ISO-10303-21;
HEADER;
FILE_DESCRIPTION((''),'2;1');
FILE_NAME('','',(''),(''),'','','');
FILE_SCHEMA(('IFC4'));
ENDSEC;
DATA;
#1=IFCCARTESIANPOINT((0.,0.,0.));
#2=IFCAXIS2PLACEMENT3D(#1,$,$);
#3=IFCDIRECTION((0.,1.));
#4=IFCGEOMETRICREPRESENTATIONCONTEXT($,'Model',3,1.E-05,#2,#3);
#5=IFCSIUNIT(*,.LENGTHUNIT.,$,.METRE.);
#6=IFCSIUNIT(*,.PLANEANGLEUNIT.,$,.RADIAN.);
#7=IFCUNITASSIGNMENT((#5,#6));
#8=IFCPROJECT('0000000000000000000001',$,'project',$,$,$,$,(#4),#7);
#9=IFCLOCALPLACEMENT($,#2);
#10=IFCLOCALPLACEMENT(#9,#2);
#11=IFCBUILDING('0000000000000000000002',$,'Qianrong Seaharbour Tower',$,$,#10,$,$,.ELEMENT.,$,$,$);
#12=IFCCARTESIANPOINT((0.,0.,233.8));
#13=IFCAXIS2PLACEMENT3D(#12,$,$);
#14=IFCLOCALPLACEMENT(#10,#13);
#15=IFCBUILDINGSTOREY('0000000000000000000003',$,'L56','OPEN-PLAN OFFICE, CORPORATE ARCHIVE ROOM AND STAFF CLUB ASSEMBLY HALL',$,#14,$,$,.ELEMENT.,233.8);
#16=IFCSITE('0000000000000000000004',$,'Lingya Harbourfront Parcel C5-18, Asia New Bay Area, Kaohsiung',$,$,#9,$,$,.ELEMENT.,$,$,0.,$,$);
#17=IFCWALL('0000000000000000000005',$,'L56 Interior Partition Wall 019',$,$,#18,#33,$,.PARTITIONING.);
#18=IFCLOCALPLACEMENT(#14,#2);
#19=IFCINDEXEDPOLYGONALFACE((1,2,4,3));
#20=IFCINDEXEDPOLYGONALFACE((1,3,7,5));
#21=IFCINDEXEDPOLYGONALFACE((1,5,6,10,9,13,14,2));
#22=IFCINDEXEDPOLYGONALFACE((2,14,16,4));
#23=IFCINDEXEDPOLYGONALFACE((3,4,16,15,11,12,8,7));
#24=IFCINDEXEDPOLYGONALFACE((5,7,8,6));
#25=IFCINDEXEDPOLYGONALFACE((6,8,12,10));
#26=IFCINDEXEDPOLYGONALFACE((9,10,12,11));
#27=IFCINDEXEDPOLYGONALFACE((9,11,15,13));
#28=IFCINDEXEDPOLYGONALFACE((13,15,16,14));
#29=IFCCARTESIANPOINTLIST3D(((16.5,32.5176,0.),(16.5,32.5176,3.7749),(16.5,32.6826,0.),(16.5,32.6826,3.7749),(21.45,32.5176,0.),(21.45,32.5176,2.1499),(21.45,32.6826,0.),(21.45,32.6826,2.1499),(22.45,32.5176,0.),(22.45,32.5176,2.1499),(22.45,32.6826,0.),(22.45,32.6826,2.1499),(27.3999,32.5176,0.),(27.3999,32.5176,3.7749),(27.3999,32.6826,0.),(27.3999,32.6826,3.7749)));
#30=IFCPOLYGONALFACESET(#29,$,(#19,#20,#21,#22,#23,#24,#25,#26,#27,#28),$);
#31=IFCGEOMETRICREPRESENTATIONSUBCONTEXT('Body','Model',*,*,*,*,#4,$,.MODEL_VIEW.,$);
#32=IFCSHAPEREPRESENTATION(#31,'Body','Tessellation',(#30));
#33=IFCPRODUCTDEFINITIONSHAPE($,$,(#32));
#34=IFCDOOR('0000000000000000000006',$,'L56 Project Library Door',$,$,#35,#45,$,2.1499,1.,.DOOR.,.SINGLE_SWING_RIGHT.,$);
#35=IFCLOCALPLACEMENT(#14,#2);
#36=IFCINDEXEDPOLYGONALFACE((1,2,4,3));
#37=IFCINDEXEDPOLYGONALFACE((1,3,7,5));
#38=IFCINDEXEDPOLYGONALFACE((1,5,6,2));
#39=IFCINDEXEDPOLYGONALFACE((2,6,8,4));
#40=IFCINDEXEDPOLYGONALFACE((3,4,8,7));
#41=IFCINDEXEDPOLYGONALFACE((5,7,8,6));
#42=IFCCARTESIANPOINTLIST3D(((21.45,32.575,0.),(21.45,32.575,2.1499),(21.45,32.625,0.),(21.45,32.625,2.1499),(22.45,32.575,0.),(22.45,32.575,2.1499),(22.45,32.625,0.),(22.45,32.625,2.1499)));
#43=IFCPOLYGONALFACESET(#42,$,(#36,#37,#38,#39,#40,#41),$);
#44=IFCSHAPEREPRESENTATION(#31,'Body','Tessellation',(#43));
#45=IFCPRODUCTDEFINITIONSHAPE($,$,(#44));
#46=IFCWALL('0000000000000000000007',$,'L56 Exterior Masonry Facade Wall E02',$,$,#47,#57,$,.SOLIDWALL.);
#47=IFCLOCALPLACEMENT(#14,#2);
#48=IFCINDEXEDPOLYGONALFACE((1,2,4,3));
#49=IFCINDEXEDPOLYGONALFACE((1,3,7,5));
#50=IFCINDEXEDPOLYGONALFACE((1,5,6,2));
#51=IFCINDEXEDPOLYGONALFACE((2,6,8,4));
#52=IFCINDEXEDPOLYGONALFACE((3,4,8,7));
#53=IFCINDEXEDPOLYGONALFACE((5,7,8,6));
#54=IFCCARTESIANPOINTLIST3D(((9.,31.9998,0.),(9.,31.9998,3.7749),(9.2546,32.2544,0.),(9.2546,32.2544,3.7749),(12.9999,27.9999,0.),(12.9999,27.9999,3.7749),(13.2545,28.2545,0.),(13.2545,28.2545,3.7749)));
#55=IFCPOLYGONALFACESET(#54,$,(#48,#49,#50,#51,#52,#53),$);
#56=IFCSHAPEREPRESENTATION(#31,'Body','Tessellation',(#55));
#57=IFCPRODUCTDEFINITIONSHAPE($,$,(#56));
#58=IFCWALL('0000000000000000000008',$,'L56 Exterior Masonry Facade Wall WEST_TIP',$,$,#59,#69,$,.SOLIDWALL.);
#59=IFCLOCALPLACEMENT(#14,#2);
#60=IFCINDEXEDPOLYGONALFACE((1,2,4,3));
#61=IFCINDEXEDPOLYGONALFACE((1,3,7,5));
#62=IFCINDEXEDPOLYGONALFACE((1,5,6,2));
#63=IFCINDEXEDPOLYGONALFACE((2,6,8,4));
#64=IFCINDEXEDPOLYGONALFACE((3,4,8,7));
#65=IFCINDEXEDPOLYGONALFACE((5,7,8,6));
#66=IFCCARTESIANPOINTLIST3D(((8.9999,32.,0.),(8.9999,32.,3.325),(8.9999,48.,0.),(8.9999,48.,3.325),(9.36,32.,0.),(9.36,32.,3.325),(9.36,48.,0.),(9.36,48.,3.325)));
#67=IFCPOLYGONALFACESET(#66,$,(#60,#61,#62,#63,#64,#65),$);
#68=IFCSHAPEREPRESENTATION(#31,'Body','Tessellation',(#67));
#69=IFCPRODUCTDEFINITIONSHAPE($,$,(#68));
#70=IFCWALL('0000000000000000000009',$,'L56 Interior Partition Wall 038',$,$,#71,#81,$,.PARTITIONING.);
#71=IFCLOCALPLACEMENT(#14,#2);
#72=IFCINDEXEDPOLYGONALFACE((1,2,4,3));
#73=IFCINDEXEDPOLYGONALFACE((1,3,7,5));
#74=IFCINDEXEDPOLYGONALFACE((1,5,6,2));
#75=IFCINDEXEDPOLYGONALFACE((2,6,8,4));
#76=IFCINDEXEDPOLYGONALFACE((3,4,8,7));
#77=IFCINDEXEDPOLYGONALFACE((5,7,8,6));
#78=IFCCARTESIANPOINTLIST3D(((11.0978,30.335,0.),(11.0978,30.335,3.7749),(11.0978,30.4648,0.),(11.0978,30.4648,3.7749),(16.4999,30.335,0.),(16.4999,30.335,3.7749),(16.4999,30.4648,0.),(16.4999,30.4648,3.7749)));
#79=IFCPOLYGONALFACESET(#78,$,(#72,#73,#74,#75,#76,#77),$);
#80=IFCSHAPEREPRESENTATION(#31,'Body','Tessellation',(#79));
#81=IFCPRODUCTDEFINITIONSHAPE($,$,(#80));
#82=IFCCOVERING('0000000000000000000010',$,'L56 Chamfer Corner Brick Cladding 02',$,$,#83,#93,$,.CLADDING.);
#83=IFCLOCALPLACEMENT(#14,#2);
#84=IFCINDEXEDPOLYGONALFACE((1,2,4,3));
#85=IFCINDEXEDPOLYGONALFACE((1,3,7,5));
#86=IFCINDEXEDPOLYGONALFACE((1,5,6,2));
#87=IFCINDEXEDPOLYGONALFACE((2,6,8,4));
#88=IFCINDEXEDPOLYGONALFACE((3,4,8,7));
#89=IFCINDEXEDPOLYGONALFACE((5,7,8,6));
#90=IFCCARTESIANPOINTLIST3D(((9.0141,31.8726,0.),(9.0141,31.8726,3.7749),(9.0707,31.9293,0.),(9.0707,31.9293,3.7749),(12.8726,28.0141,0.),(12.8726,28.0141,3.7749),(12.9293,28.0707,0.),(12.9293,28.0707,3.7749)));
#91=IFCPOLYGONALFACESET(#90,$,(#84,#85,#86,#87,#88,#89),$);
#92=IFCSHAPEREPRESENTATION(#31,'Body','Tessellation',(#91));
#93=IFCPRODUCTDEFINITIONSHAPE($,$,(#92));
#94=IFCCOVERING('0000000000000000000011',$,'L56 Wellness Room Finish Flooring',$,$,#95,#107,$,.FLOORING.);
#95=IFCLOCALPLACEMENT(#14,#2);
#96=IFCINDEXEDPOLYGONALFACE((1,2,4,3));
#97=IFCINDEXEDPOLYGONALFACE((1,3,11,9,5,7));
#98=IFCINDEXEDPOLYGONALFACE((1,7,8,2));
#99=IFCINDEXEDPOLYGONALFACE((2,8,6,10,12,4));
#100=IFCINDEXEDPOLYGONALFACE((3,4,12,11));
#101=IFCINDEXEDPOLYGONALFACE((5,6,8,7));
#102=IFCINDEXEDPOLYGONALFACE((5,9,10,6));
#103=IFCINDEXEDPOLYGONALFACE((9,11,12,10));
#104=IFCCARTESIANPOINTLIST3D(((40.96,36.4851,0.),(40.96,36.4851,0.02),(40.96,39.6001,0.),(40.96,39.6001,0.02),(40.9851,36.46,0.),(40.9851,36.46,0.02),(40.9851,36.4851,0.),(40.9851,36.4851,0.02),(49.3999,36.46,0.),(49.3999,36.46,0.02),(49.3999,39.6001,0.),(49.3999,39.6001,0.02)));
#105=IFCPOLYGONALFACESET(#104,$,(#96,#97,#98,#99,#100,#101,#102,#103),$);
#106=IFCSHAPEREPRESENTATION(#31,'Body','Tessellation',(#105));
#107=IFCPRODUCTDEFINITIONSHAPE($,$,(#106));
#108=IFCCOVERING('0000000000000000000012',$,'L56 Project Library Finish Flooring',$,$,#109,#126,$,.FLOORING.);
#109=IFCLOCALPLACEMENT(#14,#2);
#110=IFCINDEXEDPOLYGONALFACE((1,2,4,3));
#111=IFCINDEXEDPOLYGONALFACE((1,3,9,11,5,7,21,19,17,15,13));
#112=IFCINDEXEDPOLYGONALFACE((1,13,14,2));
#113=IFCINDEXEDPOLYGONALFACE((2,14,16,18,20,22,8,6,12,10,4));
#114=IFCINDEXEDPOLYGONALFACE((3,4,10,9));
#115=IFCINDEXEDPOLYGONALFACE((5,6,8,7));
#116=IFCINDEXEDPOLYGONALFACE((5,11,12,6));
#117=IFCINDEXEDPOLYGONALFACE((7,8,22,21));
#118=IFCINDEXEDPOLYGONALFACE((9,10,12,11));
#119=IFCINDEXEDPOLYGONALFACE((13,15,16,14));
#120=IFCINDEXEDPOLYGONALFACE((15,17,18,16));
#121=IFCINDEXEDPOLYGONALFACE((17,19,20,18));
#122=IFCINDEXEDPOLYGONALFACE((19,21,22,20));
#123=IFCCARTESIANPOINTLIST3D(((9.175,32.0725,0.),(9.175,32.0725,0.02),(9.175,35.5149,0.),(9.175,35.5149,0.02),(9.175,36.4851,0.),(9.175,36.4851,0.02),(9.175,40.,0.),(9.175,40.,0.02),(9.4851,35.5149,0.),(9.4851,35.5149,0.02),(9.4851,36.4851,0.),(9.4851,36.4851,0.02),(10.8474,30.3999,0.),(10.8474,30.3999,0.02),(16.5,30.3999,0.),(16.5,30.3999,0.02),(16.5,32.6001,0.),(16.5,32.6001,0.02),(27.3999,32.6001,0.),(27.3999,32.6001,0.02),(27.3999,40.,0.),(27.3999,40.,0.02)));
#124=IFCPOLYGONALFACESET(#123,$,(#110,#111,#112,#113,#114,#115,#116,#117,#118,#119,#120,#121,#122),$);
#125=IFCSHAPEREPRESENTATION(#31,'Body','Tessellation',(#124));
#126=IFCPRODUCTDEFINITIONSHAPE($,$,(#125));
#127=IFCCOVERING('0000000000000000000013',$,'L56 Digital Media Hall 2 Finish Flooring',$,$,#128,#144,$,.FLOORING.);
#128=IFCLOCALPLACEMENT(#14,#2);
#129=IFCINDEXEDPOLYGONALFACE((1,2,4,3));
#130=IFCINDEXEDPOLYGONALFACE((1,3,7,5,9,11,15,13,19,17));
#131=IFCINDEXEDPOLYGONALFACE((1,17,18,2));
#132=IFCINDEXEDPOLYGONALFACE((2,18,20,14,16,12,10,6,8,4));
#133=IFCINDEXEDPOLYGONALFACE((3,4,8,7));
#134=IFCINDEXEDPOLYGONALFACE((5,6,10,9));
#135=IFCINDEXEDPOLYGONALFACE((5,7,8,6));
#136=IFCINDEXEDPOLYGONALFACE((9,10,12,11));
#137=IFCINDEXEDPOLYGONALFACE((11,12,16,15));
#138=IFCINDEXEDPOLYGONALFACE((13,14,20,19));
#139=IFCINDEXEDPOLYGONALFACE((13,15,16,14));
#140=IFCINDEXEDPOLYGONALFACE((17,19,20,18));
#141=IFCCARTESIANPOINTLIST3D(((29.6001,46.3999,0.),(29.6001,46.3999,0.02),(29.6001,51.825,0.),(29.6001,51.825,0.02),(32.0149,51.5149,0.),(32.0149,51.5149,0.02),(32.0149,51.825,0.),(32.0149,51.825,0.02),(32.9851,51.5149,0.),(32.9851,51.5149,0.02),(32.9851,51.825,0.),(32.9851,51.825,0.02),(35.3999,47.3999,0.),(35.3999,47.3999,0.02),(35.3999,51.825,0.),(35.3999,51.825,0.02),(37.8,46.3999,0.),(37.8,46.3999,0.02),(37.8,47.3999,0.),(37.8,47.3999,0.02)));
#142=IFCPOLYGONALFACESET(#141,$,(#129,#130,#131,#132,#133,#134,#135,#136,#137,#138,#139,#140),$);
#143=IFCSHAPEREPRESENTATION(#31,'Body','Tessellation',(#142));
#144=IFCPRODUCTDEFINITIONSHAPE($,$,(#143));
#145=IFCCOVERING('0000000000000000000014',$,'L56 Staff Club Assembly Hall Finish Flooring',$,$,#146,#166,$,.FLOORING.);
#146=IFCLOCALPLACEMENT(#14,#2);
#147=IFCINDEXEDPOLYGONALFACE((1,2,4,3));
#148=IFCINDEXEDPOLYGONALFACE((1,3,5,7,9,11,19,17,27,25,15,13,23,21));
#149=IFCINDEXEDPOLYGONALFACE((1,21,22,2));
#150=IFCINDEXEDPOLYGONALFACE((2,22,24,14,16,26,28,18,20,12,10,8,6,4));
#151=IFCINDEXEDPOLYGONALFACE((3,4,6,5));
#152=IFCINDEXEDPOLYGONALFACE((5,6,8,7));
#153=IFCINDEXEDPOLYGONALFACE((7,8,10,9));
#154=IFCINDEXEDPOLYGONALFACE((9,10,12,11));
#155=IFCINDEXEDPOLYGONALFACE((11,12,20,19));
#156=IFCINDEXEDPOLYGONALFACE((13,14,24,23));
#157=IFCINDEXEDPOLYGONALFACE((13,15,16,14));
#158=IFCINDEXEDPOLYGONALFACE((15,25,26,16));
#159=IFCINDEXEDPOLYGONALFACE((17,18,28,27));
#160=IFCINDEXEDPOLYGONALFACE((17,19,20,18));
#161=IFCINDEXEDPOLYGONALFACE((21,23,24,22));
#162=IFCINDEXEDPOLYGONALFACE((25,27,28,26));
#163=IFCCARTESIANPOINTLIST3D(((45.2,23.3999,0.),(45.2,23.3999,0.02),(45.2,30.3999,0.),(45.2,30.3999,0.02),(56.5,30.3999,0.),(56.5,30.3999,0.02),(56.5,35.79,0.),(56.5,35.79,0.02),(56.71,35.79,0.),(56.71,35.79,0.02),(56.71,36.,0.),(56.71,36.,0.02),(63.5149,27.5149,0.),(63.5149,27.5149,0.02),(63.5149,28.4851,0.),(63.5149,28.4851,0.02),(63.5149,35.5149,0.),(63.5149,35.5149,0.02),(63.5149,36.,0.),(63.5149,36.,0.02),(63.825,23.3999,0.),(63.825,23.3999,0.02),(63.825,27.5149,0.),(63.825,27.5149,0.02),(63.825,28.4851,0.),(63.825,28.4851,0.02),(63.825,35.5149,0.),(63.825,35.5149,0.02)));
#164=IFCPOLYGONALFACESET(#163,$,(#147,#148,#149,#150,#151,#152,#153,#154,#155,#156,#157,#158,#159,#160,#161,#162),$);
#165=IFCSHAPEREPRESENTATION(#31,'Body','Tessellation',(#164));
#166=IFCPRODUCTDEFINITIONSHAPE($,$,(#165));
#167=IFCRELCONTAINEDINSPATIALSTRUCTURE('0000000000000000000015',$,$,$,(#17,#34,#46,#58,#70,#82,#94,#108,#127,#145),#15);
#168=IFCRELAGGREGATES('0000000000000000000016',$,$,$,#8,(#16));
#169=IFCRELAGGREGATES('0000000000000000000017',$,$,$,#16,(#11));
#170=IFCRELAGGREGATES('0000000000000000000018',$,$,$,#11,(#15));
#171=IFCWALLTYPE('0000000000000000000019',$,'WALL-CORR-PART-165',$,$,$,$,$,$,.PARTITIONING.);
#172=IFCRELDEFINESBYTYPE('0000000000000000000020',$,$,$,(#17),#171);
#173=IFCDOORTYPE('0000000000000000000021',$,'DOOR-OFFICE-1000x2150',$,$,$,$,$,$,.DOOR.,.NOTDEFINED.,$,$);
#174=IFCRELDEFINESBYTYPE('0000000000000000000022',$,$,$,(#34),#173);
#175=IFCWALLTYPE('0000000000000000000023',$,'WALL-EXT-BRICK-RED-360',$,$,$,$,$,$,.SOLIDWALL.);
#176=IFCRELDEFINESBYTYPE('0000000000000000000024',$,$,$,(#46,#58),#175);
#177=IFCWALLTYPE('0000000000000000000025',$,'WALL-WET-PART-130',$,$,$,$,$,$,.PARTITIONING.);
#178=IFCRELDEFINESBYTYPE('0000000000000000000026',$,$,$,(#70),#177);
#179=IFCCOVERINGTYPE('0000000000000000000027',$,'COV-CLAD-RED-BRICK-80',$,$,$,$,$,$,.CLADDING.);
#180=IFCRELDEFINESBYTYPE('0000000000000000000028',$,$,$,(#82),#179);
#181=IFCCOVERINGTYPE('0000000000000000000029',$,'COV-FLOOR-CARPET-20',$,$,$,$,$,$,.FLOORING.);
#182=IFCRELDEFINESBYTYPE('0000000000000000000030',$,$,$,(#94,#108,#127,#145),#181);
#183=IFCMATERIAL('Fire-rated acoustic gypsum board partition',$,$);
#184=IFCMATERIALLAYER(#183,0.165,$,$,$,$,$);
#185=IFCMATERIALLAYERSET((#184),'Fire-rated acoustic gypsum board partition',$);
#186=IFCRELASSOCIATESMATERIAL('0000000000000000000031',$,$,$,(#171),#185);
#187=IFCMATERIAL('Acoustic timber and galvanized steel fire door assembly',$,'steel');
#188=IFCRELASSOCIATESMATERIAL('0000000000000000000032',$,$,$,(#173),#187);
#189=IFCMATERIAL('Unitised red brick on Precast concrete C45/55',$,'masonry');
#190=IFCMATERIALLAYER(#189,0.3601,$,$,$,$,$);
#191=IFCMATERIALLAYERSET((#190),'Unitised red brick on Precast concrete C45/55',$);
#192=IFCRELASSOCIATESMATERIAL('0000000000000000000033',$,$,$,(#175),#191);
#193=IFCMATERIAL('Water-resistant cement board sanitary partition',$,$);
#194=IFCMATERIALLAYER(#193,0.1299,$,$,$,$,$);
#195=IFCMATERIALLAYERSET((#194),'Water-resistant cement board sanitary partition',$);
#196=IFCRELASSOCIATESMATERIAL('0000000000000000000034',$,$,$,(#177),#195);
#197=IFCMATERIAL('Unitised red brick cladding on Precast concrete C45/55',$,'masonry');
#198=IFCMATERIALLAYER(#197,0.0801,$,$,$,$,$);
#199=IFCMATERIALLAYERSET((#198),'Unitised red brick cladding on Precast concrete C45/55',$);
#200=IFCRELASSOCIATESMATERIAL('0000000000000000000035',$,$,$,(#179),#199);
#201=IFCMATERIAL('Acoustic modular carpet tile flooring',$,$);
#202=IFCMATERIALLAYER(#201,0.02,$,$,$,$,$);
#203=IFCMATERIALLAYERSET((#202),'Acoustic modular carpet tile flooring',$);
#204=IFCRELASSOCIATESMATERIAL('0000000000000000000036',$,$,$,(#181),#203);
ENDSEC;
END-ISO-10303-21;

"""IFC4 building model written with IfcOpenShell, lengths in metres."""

from ifc_helpers import new_model, si_unit, direction, frame, frame_2d, origin, origin_2d, place, context, subcontext, project, spatial, polyline, rectangle, outline, extrude, material, layer, layer_set, type_object, element, fill, save


model = new_model("IFC4")

# Units and contexts
model_context = context("Model", 3, precision=1e-05, world=origin(), true_north=direction((0.0, 1.0)))
body_context = subcontext(model_context, "Body", "Model", "MODEL_VIEW")
ifc_project = project(units=[si_unit("LENGTHUNIT", "METRE"), si_unit("PLANEANGLEUNIT", "RADIAN")], contexts=[model_context])

# Site, building, storey
site_placement = place(None, origin())
site = spatial("IfcSite", under=ifc_project, at=site_placement, Name="Lingya Harbourfront Parcel C5-18, Asia New Bay Area, Kaohsiung", CompositionType="ELEMENT", RefElevation=0.0)
building_placement = place(site_placement, origin())
building = spatial("IfcBuilding", under=site, at=building_placement, Name="Qianrong Seaharbour Tower", CompositionType="ELEMENT")
storey_placement = place(building_placement, frame((0.0, 0.0, 233.8)))
storey = spatial("IfcBuildingStorey", under=building, at=storey_placement, Name="L56", Description="OPEN-PLAN OFFICE, CORPORATE ARCHIVE ROOM AND STAFF CLUB ASSEMBLY HALL", CompositionType="ELEMENT", Elevation=233.8)

# Shared definitions
ifc_material_1 = material(Name="Fire-rated acoustic gypsum board partition")
ifc_layer_1 = layer(ifc_material_1, 0.165)
ifc_layer_set_1 = layer_set([ifc_layer_1], Name="Fire-rated acoustic gypsum board partition")
wall_type_1 = type_object("IfcWallType", Name="WALL-CORR-PART-165", PredefinedType="PARTITIONING", material=ifc_layer_set_1)

# Wall, opening, door
wall_1_placement = place(storey_placement, frame((16.5, 32.6001, 0.0), z_axis=(0.0, 0.0, 1.0), x_axis=(1.0, 0.0, 0.0)))
wall_1 = element("IfcWall", 1, at=wall_1_placement, inside=storey, type_object=wall_type_1, Name="L56 Interior Partition Wall 019", PredefinedType="PARTITIONING", context=body_context, shape_type="SweptSolid", body=[
    extrude(rectangle(XDim=10.8999, YDim=0.165, at=frame_2d((5.45, 0.0))), origin(), (0.0, 0.0, 1.0), 3.7749),
])
opening_placement = place(wall_1_placement, frame((4.95, 0.0, 0.0)))
opening = element("IfcOpeningElement", 2, at=opening_placement, cuts=wall_1, PredefinedType="OPENING", context=body_context, shape_type="SweptSolid", body=[
    extrude(rectangle(XDim=1.0, YDim=2.1499, at=frame_2d((0.5, 1.075))), frame((0.0, 0.0925, 0.0), z_axis=(0.0, -1.0, 0.0), x_axis=(1.0, 0.0, 0.0)), (0.0, 0.0, 1.0), 0.1851),
])
ifc_material_2 = material(Name="Acoustic timber and galvanized steel fire door assembly", Category="steel")
door_type = type_object("IfcDoorType", Name="DOOR-OFFICE-1000x2150", OperationType="NOTDEFINED", PredefinedType="DOOR", material=ifc_material_2)
door_placement = place(opening_placement, origin())
door = element("IfcDoor", 3, at=door_placement, inside=storey, type_object=door_type, Name="L56 Project Library Door", OperationType="SINGLE_SWING_RIGHT", OverallHeight=2.1499, OverallWidth=1.0, PredefinedType="DOOR", context=body_context, shape_type="SweptSolid", body=[
    extrude(rectangle(XDim=1.0, YDim=2.1499, at=frame_2d((0.5, 1.075))), frame((0.0, 0.0249, 0.0), z_axis=(0.0, -1.0, 0.0), x_axis=(1.0, 0.0, 0.0)), (0.0, 0.0, 1.0), 0.05),
])
fill(opening, door)

# Walls
ifc_material_3 = material(Name="Unitised red brick on Precast concrete C45/55", Category="masonry")
ifc_layer_2 = layer(ifc_material_3, 0.3601)
ifc_layer_set_2 = layer_set([ifc_layer_2], Name="Unitised red brick on Precast concrete C45/55")
wall_type_2 = type_object("IfcWallType", Name="WALL-EXT-BRICK-RED-360", PredefinedType="SOLIDWALL", material=ifc_layer_set_2)
wall_2_placement = place(storey_placement, frame((13.1272, 28.1272, 0.0), z_axis=(0.0, 0.0, 1.0), x_axis=(-0.707107, 0.707107, 0.0)))
element("IfcWall", 4, at=wall_2_placement, inside=storey, type_object=wall_type_2, Name="L56 Exterior Masonry Facade Wall E02", PredefinedType="SOLIDWALL", context=body_context, shape_type="SweptSolid", body=[
    extrude(rectangle(XDim=5.6567, YDim=0.3601, at=frame_2d((2.8284, 0.0))), origin(), (0.0, 0.0, 1.0), 3.7749),
])
wall_3_placement = place(storey_placement, frame((9.1799, 32.0, 0.0), z_axis=(0.0, 0.0, 1.0), x_axis=(0.0, 1.0, 0.0)))
element("IfcWall", 5, at=wall_3_placement, inside=storey, type_object=wall_type_2, Name="L56 Exterior Masonry Facade Wall WEST_TIP", PredefinedType="SOLIDWALL", context=body_context, shape_type="SweptSolid", body=[
    extrude(rectangle(XDim=16.0, YDim=0.3601, at=frame_2d((8.0, 0.0))), origin(), (0.0, 0.0, 1.0), 3.325),
])
ifc_material_4 = material(Name="Water-resistant cement board sanitary partition")
ifc_layer_3 = layer(ifc_material_4, 0.1299)
ifc_layer_set_3 = layer_set([ifc_layer_3], Name="Water-resistant cement board sanitary partition")
wall_type_3 = type_object("IfcWallType", Name="WALL-WET-PART-130", PredefinedType="PARTITIONING", material=ifc_layer_set_3)
wall_4_placement = place(storey_placement, frame((16.5, 30.3999, 0.0), z_axis=(0.0, 0.0, 1.0), x_axis=(-1.0, 0.0, 0.0)))
element("IfcWall", 6, at=wall_4_placement, inside=storey, type_object=wall_type_3, Name="L56 Interior Partition Wall 038", PredefinedType="PARTITIONING", context=body_context, shape_type="SweptSolid", body=[
    extrude(rectangle(XDim=5.4021, YDim=0.1299, at=frame_2d((2.7012, 0.0))), origin(), (0.0, 0.0, 1.0), 3.7749),
])

# Coverings
ifc_material_5 = material(Name="Unitised red brick cladding on Precast concrete C45/55", Category="masonry")
ifc_layer_4 = layer(ifc_material_5, 0.0801)
ifc_layer_set_4 = layer_set([ifc_layer_4], Name="Unitised red brick cladding on Precast concrete C45/55")
covering_type_1 = type_object("IfcCoveringType", Name="COV-CLAD-RED-BRICK-80", PredefinedType="CLADDING", material=ifc_layer_set_4)
covering_1_placement = place(storey_placement, frame((10.9717, 29.9717, 0.0), z_axis=(0.0, 0.0, 1.0), x_axis=(-0.707107, 0.707107, 0.0)))
element("IfcCovering", 7, at=covering_1_placement, inside=storey, type_object=covering_type_1, Name="L56 Chamfer Corner Brick Cladding 02", PredefinedType="CLADDING", context=body_context, shape_type="SweptSolid", body=[
    extrude(rectangle(XDim=5.4568, YDim=0.0801, at=origin_2d()), origin(), (0.0, 0.0, 1.0), 3.7749),
])
ifc_material_6 = material(Name="Acoustic modular carpet tile flooring")
ifc_layer_5 = layer(ifc_material_6, 0.02)
ifc_layer_set_5 = layer_set([ifc_layer_5], Name="Acoustic modular carpet tile flooring")
covering_type_2 = type_object("IfcCoveringType", Name="COV-FLOOR-CARPET-20", PredefinedType="FLOORING", material=ifc_layer_set_5)
covering_2_placement = place(storey_placement, origin())
element("IfcCovering", 8, at=covering_2_placement, inside=storey, type_object=covering_type_2, Name="L56 Wellness Room Finish Flooring", PredefinedType="FLOORING", context=body_context, shape_type="SweptSolid", body=[
    extrude(outline(polyline([(49.3999, 39.6001), (49.3999, 36.46), (40.9851, 36.46), (40.9851, 36.4851), (40.96, 36.4851), (40.96, 39.6001), (49.3999, 39.6001)])), origin(), (0.0, 0.0, 1.0), 0.02),
])
covering_3_placement = place(storey_placement, origin())
element("IfcCovering", 9, at=covering_3_placement, inside=storey, type_object=covering_type_2, Name="L56 Project Library Finish Flooring", PredefinedType="FLOORING", context=body_context, shape_type="SweptSolid", body=[
    extrude(outline(polyline([(16.5, 32.6001), (16.5, 30.3999), (10.8474, 30.3999), (9.175, 32.0725), (9.175, 35.5149), (9.4851, 35.5149), (9.4851, 36.4851), (9.175, 36.4851), (9.175, 40.0), (27.3999, 40.0), (27.3999, 32.6001), (16.5, 32.6001)])), origin(), (0.0, 0.0, 1.0), 0.02),
])
covering_4_placement = place(storey_placement, origin())
element("IfcCovering", 10, at=covering_4_placement, inside=storey, type_object=covering_type_2, Name="L56 Digital Media Hall 2 Finish Flooring", PredefinedType="FLOORING", context=body_context, shape_type="SweptSolid", body=[
    extrude(outline(polyline([(32.0149, 51.825), (32.0149, 51.5149), (32.9851, 51.5149), (32.9851, 51.825), (35.3999, 51.825), (35.3999, 47.3999), (37.8, 47.3999), (37.8, 46.3999), (29.6001, 46.3999), (29.6001, 51.825), (32.0149, 51.825)])), origin(), (0.0, 0.0, 1.0), 0.02),
])
covering_5_placement = place(storey_placement, origin())
element("IfcCovering", 11, at=covering_5_placement, inside=storey, type_object=covering_type_2, Name="L56 Staff Club Assembly Hall Finish Flooring", PredefinedType="FLOORING", context=body_context, shape_type="SweptSolid", body=[
    extrude(outline(polyline([(56.5, 30.3999), (56.5, 35.79), (56.71, 35.79), (56.71, 36.0), (63.5149, 36.0), (63.5149, 35.5149), (63.825, 35.5149), (63.825, 28.4851), (63.5149, 28.4851), (63.5149, 27.5149), (63.825, 27.5149), (63.825, 23.3999), (45.2, 23.3999), (45.2, 30.3999), (56.5, 30.3999)])), origin(), (0.0, 0.0, 1.0), 0.02),
])

save(model, "model.ifc")
